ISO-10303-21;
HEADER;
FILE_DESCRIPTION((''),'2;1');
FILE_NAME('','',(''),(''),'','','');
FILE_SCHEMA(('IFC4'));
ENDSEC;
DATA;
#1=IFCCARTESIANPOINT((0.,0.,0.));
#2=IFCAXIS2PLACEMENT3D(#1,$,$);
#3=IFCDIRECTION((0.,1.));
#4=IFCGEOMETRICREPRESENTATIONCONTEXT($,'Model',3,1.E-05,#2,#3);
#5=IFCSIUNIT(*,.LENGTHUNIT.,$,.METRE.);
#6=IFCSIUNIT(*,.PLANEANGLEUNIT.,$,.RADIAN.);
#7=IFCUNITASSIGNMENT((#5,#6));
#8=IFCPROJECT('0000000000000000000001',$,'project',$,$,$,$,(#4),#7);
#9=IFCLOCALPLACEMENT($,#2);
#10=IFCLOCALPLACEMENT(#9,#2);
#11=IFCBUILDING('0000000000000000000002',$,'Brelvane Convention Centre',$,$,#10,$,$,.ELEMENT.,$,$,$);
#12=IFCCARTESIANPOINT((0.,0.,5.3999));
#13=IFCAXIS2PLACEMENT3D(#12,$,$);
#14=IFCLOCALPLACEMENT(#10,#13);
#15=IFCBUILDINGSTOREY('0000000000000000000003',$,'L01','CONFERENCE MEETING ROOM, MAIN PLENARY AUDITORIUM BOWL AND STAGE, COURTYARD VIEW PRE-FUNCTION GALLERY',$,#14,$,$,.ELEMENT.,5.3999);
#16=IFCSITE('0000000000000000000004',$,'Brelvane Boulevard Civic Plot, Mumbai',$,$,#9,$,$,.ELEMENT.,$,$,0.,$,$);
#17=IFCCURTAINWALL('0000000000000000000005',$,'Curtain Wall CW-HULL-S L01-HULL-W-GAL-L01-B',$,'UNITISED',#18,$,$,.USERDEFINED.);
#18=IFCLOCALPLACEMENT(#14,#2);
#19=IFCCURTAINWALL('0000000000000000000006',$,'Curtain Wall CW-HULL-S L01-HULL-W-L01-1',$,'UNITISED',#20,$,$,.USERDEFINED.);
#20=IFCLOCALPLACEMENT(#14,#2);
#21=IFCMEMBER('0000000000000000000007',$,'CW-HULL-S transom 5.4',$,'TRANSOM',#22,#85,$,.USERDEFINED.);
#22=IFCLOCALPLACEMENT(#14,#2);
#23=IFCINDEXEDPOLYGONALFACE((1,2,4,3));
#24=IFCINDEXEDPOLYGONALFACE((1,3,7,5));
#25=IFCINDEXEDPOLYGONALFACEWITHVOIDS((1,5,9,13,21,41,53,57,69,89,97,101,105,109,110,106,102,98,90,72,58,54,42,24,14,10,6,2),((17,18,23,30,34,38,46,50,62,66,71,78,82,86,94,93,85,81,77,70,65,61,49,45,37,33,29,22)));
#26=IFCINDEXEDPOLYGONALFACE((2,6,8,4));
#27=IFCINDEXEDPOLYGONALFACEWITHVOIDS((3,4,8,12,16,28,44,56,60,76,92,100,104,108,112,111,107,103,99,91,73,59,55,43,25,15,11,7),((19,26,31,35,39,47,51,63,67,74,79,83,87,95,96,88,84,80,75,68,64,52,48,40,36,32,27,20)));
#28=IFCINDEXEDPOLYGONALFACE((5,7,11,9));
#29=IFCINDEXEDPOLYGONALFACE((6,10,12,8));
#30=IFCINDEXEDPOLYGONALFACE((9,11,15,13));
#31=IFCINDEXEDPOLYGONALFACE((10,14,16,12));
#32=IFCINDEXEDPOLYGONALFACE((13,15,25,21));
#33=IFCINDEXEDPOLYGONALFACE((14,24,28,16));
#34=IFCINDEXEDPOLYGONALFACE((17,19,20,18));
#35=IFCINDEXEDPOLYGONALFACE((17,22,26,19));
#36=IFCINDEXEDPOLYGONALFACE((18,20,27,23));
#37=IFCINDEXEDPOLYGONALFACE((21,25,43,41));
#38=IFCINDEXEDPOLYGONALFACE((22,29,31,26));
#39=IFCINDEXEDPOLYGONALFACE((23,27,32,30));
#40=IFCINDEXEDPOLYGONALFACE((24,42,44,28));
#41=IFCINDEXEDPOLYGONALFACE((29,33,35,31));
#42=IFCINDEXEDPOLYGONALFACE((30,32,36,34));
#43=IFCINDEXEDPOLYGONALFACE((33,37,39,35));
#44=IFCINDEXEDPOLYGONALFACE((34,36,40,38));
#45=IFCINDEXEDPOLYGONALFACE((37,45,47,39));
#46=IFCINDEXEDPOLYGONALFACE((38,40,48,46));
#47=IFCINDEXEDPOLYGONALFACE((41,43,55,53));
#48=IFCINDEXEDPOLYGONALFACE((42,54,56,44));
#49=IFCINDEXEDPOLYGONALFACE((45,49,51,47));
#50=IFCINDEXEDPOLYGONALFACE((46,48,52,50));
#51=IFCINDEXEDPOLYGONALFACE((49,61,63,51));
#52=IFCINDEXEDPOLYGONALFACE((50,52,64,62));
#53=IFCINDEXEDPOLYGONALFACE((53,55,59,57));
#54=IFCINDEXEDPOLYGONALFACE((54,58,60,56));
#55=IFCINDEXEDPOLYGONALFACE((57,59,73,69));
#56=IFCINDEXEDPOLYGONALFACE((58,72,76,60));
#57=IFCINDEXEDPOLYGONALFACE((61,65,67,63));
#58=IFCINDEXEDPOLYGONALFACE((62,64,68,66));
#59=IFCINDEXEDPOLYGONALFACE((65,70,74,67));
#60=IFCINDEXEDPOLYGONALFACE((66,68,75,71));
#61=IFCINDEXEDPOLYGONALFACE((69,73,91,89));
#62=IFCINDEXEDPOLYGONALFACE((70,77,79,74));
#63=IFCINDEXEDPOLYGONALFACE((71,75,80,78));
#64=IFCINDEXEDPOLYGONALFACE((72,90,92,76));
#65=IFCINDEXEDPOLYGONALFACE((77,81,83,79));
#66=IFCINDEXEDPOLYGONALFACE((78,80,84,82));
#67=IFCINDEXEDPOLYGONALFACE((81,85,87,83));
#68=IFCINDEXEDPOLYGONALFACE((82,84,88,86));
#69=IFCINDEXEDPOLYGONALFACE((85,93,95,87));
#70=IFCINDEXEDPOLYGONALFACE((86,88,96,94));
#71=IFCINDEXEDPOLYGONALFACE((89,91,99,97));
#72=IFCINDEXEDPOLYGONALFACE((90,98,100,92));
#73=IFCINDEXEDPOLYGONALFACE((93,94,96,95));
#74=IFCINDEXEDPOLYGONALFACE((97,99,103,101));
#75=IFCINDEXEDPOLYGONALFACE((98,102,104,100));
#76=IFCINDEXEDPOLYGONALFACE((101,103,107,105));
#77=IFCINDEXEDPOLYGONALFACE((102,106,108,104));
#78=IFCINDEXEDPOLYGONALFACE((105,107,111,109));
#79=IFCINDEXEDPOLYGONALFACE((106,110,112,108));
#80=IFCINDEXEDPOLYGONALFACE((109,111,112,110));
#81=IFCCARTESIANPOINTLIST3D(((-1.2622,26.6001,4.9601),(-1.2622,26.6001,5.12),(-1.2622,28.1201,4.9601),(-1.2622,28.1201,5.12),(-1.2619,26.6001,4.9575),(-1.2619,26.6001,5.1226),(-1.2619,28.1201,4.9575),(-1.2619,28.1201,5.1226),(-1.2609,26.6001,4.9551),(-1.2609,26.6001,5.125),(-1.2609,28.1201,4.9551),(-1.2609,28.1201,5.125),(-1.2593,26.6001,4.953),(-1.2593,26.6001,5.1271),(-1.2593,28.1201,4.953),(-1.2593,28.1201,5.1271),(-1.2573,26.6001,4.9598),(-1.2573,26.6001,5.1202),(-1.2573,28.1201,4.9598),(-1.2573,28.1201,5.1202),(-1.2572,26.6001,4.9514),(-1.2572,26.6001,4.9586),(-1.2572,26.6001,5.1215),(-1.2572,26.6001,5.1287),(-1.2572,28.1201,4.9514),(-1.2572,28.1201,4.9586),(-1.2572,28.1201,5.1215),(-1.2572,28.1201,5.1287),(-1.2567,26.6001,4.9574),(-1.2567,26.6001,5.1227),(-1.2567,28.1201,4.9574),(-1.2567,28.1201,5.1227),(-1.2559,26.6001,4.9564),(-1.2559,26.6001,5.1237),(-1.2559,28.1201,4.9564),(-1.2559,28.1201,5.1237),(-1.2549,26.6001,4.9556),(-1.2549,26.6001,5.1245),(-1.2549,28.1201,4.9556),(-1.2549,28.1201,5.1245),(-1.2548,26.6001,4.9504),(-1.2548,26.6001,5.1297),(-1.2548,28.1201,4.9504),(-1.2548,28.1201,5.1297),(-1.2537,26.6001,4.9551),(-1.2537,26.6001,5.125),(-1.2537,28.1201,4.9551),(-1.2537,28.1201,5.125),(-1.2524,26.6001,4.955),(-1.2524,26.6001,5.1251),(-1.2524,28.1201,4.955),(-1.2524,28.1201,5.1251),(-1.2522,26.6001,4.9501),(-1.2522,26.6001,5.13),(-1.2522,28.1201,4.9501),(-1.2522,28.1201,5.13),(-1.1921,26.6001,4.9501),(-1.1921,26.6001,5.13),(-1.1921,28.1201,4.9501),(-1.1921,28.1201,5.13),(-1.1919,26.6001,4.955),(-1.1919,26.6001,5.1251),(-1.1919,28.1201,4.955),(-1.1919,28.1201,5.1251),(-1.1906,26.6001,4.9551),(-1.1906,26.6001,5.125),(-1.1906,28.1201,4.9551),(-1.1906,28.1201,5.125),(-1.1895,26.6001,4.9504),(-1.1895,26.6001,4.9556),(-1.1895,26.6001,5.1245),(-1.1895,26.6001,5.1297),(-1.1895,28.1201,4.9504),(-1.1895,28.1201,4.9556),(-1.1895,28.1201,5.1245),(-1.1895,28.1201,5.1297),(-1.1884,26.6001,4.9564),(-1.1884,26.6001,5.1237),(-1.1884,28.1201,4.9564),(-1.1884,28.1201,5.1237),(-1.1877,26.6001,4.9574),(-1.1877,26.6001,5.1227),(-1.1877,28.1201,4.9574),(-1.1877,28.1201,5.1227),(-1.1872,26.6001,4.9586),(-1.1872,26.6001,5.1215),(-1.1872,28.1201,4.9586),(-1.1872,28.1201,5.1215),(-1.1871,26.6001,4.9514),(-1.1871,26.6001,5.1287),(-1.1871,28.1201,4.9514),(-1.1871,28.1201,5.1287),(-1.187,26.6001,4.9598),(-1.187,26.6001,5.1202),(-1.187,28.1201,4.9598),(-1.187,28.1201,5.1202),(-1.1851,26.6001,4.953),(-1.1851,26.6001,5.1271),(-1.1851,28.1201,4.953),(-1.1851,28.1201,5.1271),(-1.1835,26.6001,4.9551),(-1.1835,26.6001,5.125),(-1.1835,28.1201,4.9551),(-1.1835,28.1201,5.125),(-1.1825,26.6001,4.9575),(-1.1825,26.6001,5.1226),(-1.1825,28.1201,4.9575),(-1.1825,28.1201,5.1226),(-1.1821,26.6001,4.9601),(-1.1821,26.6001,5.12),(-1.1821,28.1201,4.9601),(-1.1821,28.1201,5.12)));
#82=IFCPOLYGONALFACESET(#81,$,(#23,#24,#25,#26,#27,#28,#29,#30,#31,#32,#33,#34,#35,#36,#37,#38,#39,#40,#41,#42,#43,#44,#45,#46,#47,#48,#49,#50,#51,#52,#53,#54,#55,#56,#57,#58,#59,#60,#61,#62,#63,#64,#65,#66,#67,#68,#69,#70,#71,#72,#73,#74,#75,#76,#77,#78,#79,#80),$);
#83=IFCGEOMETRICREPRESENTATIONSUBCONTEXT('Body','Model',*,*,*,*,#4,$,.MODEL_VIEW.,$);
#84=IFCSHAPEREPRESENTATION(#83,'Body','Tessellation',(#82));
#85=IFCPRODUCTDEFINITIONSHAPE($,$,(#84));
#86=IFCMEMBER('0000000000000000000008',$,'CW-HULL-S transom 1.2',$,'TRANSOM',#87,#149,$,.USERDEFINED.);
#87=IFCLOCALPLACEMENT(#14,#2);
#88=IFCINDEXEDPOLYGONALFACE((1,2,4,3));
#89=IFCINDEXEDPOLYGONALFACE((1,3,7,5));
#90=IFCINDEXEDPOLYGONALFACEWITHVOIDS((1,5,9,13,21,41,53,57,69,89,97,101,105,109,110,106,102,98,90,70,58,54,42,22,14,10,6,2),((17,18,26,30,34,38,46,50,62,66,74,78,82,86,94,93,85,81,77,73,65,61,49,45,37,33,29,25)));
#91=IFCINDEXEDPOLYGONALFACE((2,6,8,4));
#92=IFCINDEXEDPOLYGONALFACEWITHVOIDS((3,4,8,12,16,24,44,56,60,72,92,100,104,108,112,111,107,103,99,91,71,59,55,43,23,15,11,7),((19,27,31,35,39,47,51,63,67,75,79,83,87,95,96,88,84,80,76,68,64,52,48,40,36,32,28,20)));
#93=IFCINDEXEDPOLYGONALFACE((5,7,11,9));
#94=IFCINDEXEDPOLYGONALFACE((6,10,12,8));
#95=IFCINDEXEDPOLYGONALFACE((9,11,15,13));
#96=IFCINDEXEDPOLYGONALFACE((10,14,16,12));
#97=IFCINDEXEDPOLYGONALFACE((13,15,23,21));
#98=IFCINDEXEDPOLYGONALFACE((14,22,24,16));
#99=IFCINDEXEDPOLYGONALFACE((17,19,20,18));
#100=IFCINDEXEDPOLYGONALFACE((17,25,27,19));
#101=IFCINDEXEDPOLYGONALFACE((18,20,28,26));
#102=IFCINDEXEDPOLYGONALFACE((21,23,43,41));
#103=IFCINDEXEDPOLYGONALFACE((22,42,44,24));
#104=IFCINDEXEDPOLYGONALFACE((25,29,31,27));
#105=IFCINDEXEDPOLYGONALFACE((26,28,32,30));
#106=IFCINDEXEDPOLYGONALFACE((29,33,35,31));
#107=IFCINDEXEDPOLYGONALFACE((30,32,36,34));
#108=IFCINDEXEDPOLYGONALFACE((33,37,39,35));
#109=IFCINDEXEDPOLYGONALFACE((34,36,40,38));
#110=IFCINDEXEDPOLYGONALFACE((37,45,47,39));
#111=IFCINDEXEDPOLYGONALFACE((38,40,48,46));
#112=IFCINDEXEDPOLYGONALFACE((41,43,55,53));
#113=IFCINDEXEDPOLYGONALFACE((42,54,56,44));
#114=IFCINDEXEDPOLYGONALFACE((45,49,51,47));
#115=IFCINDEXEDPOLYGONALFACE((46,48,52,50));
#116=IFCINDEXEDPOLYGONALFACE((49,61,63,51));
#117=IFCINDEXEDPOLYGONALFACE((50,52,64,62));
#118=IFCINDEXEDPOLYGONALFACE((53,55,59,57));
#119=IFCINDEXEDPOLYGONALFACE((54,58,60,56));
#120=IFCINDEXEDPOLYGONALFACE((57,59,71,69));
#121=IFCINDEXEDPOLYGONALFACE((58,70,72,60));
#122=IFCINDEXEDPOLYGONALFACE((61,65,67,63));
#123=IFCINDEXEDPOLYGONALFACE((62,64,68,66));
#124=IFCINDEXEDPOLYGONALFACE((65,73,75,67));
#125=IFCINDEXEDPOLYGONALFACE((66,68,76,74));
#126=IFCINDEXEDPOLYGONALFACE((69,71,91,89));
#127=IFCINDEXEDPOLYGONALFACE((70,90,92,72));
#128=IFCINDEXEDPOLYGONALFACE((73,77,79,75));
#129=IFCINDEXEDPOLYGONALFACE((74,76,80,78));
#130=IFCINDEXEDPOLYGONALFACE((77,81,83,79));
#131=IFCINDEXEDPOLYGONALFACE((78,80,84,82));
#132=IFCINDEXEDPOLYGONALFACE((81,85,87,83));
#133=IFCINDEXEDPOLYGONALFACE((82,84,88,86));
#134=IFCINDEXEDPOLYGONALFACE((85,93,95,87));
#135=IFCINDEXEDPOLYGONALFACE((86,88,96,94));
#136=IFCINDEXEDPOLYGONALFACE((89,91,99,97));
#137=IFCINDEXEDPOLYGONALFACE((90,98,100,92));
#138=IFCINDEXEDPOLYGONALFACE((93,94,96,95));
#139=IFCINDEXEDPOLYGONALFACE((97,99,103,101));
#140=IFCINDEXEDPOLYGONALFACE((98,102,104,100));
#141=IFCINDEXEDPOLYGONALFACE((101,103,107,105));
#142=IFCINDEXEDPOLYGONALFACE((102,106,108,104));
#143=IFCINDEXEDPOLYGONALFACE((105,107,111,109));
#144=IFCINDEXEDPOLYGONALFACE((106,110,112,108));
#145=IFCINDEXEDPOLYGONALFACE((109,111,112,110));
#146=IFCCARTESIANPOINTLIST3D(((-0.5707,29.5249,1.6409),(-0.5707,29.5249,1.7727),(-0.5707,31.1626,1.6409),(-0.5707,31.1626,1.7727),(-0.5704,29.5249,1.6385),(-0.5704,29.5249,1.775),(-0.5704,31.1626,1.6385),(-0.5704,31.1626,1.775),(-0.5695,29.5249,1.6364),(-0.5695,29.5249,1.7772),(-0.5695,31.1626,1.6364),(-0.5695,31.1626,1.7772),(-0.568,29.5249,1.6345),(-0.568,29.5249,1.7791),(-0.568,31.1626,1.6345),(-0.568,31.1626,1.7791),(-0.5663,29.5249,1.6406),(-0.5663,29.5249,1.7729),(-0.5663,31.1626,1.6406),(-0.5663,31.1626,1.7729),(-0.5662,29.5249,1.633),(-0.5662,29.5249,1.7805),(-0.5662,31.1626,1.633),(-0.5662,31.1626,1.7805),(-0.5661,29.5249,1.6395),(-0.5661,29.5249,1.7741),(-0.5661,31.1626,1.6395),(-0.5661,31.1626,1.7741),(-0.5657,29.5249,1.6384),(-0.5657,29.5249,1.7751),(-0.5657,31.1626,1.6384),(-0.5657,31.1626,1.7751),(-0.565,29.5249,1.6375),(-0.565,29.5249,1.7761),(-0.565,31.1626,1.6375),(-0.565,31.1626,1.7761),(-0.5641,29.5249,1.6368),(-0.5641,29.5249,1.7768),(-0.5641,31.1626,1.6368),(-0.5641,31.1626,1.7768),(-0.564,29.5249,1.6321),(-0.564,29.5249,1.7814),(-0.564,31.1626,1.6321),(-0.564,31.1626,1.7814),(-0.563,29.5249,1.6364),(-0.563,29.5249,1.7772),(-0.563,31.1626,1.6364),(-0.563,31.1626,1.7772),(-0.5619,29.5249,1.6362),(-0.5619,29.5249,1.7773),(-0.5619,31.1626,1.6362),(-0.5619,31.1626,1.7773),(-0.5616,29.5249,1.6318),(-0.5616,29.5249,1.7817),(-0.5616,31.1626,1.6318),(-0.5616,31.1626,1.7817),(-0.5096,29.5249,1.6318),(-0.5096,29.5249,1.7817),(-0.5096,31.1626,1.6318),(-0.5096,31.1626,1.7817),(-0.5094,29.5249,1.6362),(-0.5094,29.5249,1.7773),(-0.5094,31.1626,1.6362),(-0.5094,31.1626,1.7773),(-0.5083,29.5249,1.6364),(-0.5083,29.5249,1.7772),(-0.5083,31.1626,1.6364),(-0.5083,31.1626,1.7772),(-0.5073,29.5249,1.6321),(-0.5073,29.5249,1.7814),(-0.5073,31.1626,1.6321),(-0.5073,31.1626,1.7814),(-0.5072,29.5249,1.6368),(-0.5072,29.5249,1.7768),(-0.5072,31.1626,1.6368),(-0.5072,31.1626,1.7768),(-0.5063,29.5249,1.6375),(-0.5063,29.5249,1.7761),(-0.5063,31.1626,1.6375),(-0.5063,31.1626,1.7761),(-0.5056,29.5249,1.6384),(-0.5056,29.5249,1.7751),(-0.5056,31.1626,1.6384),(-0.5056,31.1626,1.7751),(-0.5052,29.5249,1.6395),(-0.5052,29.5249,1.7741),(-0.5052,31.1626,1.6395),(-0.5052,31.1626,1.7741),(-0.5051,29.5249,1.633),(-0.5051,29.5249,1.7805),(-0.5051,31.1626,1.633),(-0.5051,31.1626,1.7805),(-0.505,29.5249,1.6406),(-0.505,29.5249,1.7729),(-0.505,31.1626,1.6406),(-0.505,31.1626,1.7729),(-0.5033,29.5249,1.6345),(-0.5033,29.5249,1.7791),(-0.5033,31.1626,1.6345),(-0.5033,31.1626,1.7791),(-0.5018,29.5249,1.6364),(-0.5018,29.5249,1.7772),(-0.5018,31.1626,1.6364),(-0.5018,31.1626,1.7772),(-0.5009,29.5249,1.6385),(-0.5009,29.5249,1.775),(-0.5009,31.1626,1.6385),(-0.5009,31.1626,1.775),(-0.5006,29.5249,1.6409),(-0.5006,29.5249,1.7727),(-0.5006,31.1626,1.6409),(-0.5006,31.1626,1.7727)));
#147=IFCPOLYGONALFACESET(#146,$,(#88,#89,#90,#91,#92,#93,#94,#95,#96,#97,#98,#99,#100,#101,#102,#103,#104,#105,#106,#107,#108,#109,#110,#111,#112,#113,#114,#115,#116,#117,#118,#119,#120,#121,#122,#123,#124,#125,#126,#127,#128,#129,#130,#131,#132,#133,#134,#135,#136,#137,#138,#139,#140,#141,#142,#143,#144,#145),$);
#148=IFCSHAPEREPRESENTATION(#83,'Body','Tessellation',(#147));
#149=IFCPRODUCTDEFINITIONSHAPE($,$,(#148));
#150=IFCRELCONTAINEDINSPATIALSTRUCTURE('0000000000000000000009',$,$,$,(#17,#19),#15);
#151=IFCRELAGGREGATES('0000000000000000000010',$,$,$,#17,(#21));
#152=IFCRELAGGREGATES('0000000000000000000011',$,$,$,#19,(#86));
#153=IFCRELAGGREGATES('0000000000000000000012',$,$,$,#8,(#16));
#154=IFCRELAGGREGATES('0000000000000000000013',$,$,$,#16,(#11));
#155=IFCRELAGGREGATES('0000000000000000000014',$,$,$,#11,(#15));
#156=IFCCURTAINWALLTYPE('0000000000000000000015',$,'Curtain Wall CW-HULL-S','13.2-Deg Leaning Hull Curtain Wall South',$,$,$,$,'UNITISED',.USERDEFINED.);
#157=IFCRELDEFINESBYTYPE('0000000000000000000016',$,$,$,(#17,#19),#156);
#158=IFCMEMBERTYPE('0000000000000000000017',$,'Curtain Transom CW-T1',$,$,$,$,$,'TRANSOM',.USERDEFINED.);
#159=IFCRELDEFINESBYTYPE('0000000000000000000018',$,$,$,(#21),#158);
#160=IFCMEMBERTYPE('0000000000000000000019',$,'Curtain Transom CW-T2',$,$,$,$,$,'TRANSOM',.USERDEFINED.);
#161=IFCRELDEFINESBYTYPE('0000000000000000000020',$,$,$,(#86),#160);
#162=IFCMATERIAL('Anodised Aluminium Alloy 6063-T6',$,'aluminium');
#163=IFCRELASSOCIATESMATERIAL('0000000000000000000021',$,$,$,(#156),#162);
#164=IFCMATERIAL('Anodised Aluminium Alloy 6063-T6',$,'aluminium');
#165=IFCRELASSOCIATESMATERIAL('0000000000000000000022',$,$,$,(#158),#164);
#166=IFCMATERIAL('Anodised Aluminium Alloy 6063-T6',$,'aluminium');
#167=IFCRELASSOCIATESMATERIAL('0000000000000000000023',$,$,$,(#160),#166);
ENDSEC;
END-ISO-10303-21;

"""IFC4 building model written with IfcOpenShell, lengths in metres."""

from ifc_helpers import new_model, si_unit, direction, frame, origin, origin_2d, place, context, subcontext, project, spatial, hollow_rectangle, extrude, material, material_profile, profile_set, type_object, element, aggregate, save


model = new_model("IFC4")

# Units and contexts
model_context = context("Model", 3, precision=1e-05, world=origin(), true_north=direction((0.0, 1.0)))
body_context = subcontext(model_context, "Body", "Model", "MODEL_VIEW")
ifc_project = project(units=[si_unit("LENGTHUNIT", "METRE"), si_unit("PLANEANGLEUNIT", "RADIAN")], contexts=[model_context])

# Site, building, storey
site_placement = place(None, origin())
site = spatial("IfcSite", under=ifc_project, at=site_placement, Name="Brelvane Boulevard Civic Plot, Mumbai", CompositionType="ELEMENT", RefElevation=0.0)
building_placement = place(site_placement, origin())
building = spatial("IfcBuilding", under=site, at=building_placement, Name="Brelvane Convention Centre", CompositionType="ELEMENT")
storey_placement = place(building_placement, frame((0.0, 0.0, 5.3999)))
storey = spatial("IfcBuildingStorey", under=building, at=storey_placement, Name="L01", Description="CONFERENCE MEETING ROOM, MAIN PLENARY AUDITORIUM BOWL AND STAGE, COURTYARD VIEW PRE-FUNCTION GALLERY", CompositionType="ELEMENT", Elevation=5.3999)

# Curtain wall
ifc_material_1 = material(Name="Anodised Aluminium Alloy 6063-T6", Category="aluminium")
curtain_wall_type = type_object("IfcCurtainWallType", Name="Curtain Wall CW-HULL-S", Description="13.2-Deg Leaning Hull Curtain Wall South", ElementType="UNITISED", PredefinedType="USERDEFINED", material=ifc_material_1)
curtain_wall_1_placement = place(storey_placement, origin())
curtain_wall_1 = element("IfcCurtainWall", 1, at=curtain_wall_1_placement, inside=storey, type_object=curtain_wall_type, Name="Curtain Wall CW-HULL-S L01-HULL-W-GAL-L01-B", ObjectType="UNITISED", PredefinedType="USERDEFINED")

# Curtain wall
curtain_wall_2_placement = place(storey_placement, origin())
curtain_wall_2 = element("IfcCurtainWall", 2, at=curtain_wall_2_placement, inside=storey, type_object=curtain_wall_type, Name="Curtain Wall CW-HULL-S L01-HULL-W-L01-1", ObjectType="UNITISED", PredefinedType="USERDEFINED")

# Members
ifc_material_2 = material(Name="Anodised Aluminium Alloy 6063-T6", Category="aluminium")
ifc_material_profile_1 = material_profile(ifc_material_2, hollow_rectangle(XDim=0.0801, YDim=0.1799, WallThickness=0.0049, InnerFilletRadius=0.0049, OuterFilletRadius=0.01, at=origin_2d()), Name="ALU-T 180x80x5.0")
ifc_profile_set_1 = profile_set([ifc_material_profile_1], Name="Anodised Aluminium Alloy 6063-T6")
member_type_1 = type_object("IfcMemberType", Name="Curtain Transom CW-T1", ElementType="TRANSOM", PredefinedType="USERDEFINED", material=ifc_profile_set_1)
member_1_placement = place(storey_placement, frame((-1.2222, 26.6001, 5.04), z_axis=(0.0, 1.0, 0.0), x_axis=(-1.0, 0.0, 0.0)))
member_1 = element("IfcMember", 3, at=member_1_placement, type_object=member_type_1, Name="CW-HULL-S transom 5.4", ObjectType="TRANSOM", PredefinedType="USERDEFINED", context=body_context, shape_type="SweptSolid", body=[
    extrude(hollow_rectangle(XDim=0.0801, YDim=0.1799, WallThickness=0.0049, InnerFilletRadius=0.0049, OuterFilletRadius=0.01, at=origin_2d()), origin(), (0.0, 0.0, 1.0), 1.52),
])
ifc_material_3 = material(Name="Anodised Aluminium Alloy 6063-T6", Category="aluminium")
ifc_material_profile_2 = material_profile(ifc_material_3, hollow_rectangle(XDim=0.0701, YDim=0.1499, WallThickness=0.0044, InnerFilletRadius=0.0044, OuterFilletRadius=0.009, at=origin_2d()), Name="ALU-T 150x70x4.5")
ifc_profile_set_2 = profile_set([ifc_material_profile_2], Name="Anodised Aluminium Alloy 6063-T6")
member_type_2 = type_object("IfcMemberType", Name="Curtain Transom CW-T2", ElementType="TRANSOM", PredefinedType="USERDEFINED", material=ifc_profile_set_2)
member_2_placement = place(storey_placement, frame((-0.5356, 29.5249, 1.7068), z_axis=(0.0, 1.0, 0.0), x_axis=(-1.0, 0.0, 0.0)))
member_2 = element("IfcMember", 4, at=member_2_placement, type_object=member_type_2, Name="CW-HULL-S transom 1.2", ObjectType="TRANSOM", PredefinedType="USERDEFINED", context=body_context, shape_type="SweptSolid", body=[
    extrude(hollow_rectangle(XDim=0.0701, YDim=0.1499, WallThickness=0.0044, InnerFilletRadius=0.0044, OuterFilletRadius=0.009, at=origin_2d()), origin(), (0.0, 0.0, 1.0), 1.6377),
])

aggregate(curtain_wall_1, [member_1])
aggregate(curtain_wall_2, [member_2])

save(model, "model.ifc")
